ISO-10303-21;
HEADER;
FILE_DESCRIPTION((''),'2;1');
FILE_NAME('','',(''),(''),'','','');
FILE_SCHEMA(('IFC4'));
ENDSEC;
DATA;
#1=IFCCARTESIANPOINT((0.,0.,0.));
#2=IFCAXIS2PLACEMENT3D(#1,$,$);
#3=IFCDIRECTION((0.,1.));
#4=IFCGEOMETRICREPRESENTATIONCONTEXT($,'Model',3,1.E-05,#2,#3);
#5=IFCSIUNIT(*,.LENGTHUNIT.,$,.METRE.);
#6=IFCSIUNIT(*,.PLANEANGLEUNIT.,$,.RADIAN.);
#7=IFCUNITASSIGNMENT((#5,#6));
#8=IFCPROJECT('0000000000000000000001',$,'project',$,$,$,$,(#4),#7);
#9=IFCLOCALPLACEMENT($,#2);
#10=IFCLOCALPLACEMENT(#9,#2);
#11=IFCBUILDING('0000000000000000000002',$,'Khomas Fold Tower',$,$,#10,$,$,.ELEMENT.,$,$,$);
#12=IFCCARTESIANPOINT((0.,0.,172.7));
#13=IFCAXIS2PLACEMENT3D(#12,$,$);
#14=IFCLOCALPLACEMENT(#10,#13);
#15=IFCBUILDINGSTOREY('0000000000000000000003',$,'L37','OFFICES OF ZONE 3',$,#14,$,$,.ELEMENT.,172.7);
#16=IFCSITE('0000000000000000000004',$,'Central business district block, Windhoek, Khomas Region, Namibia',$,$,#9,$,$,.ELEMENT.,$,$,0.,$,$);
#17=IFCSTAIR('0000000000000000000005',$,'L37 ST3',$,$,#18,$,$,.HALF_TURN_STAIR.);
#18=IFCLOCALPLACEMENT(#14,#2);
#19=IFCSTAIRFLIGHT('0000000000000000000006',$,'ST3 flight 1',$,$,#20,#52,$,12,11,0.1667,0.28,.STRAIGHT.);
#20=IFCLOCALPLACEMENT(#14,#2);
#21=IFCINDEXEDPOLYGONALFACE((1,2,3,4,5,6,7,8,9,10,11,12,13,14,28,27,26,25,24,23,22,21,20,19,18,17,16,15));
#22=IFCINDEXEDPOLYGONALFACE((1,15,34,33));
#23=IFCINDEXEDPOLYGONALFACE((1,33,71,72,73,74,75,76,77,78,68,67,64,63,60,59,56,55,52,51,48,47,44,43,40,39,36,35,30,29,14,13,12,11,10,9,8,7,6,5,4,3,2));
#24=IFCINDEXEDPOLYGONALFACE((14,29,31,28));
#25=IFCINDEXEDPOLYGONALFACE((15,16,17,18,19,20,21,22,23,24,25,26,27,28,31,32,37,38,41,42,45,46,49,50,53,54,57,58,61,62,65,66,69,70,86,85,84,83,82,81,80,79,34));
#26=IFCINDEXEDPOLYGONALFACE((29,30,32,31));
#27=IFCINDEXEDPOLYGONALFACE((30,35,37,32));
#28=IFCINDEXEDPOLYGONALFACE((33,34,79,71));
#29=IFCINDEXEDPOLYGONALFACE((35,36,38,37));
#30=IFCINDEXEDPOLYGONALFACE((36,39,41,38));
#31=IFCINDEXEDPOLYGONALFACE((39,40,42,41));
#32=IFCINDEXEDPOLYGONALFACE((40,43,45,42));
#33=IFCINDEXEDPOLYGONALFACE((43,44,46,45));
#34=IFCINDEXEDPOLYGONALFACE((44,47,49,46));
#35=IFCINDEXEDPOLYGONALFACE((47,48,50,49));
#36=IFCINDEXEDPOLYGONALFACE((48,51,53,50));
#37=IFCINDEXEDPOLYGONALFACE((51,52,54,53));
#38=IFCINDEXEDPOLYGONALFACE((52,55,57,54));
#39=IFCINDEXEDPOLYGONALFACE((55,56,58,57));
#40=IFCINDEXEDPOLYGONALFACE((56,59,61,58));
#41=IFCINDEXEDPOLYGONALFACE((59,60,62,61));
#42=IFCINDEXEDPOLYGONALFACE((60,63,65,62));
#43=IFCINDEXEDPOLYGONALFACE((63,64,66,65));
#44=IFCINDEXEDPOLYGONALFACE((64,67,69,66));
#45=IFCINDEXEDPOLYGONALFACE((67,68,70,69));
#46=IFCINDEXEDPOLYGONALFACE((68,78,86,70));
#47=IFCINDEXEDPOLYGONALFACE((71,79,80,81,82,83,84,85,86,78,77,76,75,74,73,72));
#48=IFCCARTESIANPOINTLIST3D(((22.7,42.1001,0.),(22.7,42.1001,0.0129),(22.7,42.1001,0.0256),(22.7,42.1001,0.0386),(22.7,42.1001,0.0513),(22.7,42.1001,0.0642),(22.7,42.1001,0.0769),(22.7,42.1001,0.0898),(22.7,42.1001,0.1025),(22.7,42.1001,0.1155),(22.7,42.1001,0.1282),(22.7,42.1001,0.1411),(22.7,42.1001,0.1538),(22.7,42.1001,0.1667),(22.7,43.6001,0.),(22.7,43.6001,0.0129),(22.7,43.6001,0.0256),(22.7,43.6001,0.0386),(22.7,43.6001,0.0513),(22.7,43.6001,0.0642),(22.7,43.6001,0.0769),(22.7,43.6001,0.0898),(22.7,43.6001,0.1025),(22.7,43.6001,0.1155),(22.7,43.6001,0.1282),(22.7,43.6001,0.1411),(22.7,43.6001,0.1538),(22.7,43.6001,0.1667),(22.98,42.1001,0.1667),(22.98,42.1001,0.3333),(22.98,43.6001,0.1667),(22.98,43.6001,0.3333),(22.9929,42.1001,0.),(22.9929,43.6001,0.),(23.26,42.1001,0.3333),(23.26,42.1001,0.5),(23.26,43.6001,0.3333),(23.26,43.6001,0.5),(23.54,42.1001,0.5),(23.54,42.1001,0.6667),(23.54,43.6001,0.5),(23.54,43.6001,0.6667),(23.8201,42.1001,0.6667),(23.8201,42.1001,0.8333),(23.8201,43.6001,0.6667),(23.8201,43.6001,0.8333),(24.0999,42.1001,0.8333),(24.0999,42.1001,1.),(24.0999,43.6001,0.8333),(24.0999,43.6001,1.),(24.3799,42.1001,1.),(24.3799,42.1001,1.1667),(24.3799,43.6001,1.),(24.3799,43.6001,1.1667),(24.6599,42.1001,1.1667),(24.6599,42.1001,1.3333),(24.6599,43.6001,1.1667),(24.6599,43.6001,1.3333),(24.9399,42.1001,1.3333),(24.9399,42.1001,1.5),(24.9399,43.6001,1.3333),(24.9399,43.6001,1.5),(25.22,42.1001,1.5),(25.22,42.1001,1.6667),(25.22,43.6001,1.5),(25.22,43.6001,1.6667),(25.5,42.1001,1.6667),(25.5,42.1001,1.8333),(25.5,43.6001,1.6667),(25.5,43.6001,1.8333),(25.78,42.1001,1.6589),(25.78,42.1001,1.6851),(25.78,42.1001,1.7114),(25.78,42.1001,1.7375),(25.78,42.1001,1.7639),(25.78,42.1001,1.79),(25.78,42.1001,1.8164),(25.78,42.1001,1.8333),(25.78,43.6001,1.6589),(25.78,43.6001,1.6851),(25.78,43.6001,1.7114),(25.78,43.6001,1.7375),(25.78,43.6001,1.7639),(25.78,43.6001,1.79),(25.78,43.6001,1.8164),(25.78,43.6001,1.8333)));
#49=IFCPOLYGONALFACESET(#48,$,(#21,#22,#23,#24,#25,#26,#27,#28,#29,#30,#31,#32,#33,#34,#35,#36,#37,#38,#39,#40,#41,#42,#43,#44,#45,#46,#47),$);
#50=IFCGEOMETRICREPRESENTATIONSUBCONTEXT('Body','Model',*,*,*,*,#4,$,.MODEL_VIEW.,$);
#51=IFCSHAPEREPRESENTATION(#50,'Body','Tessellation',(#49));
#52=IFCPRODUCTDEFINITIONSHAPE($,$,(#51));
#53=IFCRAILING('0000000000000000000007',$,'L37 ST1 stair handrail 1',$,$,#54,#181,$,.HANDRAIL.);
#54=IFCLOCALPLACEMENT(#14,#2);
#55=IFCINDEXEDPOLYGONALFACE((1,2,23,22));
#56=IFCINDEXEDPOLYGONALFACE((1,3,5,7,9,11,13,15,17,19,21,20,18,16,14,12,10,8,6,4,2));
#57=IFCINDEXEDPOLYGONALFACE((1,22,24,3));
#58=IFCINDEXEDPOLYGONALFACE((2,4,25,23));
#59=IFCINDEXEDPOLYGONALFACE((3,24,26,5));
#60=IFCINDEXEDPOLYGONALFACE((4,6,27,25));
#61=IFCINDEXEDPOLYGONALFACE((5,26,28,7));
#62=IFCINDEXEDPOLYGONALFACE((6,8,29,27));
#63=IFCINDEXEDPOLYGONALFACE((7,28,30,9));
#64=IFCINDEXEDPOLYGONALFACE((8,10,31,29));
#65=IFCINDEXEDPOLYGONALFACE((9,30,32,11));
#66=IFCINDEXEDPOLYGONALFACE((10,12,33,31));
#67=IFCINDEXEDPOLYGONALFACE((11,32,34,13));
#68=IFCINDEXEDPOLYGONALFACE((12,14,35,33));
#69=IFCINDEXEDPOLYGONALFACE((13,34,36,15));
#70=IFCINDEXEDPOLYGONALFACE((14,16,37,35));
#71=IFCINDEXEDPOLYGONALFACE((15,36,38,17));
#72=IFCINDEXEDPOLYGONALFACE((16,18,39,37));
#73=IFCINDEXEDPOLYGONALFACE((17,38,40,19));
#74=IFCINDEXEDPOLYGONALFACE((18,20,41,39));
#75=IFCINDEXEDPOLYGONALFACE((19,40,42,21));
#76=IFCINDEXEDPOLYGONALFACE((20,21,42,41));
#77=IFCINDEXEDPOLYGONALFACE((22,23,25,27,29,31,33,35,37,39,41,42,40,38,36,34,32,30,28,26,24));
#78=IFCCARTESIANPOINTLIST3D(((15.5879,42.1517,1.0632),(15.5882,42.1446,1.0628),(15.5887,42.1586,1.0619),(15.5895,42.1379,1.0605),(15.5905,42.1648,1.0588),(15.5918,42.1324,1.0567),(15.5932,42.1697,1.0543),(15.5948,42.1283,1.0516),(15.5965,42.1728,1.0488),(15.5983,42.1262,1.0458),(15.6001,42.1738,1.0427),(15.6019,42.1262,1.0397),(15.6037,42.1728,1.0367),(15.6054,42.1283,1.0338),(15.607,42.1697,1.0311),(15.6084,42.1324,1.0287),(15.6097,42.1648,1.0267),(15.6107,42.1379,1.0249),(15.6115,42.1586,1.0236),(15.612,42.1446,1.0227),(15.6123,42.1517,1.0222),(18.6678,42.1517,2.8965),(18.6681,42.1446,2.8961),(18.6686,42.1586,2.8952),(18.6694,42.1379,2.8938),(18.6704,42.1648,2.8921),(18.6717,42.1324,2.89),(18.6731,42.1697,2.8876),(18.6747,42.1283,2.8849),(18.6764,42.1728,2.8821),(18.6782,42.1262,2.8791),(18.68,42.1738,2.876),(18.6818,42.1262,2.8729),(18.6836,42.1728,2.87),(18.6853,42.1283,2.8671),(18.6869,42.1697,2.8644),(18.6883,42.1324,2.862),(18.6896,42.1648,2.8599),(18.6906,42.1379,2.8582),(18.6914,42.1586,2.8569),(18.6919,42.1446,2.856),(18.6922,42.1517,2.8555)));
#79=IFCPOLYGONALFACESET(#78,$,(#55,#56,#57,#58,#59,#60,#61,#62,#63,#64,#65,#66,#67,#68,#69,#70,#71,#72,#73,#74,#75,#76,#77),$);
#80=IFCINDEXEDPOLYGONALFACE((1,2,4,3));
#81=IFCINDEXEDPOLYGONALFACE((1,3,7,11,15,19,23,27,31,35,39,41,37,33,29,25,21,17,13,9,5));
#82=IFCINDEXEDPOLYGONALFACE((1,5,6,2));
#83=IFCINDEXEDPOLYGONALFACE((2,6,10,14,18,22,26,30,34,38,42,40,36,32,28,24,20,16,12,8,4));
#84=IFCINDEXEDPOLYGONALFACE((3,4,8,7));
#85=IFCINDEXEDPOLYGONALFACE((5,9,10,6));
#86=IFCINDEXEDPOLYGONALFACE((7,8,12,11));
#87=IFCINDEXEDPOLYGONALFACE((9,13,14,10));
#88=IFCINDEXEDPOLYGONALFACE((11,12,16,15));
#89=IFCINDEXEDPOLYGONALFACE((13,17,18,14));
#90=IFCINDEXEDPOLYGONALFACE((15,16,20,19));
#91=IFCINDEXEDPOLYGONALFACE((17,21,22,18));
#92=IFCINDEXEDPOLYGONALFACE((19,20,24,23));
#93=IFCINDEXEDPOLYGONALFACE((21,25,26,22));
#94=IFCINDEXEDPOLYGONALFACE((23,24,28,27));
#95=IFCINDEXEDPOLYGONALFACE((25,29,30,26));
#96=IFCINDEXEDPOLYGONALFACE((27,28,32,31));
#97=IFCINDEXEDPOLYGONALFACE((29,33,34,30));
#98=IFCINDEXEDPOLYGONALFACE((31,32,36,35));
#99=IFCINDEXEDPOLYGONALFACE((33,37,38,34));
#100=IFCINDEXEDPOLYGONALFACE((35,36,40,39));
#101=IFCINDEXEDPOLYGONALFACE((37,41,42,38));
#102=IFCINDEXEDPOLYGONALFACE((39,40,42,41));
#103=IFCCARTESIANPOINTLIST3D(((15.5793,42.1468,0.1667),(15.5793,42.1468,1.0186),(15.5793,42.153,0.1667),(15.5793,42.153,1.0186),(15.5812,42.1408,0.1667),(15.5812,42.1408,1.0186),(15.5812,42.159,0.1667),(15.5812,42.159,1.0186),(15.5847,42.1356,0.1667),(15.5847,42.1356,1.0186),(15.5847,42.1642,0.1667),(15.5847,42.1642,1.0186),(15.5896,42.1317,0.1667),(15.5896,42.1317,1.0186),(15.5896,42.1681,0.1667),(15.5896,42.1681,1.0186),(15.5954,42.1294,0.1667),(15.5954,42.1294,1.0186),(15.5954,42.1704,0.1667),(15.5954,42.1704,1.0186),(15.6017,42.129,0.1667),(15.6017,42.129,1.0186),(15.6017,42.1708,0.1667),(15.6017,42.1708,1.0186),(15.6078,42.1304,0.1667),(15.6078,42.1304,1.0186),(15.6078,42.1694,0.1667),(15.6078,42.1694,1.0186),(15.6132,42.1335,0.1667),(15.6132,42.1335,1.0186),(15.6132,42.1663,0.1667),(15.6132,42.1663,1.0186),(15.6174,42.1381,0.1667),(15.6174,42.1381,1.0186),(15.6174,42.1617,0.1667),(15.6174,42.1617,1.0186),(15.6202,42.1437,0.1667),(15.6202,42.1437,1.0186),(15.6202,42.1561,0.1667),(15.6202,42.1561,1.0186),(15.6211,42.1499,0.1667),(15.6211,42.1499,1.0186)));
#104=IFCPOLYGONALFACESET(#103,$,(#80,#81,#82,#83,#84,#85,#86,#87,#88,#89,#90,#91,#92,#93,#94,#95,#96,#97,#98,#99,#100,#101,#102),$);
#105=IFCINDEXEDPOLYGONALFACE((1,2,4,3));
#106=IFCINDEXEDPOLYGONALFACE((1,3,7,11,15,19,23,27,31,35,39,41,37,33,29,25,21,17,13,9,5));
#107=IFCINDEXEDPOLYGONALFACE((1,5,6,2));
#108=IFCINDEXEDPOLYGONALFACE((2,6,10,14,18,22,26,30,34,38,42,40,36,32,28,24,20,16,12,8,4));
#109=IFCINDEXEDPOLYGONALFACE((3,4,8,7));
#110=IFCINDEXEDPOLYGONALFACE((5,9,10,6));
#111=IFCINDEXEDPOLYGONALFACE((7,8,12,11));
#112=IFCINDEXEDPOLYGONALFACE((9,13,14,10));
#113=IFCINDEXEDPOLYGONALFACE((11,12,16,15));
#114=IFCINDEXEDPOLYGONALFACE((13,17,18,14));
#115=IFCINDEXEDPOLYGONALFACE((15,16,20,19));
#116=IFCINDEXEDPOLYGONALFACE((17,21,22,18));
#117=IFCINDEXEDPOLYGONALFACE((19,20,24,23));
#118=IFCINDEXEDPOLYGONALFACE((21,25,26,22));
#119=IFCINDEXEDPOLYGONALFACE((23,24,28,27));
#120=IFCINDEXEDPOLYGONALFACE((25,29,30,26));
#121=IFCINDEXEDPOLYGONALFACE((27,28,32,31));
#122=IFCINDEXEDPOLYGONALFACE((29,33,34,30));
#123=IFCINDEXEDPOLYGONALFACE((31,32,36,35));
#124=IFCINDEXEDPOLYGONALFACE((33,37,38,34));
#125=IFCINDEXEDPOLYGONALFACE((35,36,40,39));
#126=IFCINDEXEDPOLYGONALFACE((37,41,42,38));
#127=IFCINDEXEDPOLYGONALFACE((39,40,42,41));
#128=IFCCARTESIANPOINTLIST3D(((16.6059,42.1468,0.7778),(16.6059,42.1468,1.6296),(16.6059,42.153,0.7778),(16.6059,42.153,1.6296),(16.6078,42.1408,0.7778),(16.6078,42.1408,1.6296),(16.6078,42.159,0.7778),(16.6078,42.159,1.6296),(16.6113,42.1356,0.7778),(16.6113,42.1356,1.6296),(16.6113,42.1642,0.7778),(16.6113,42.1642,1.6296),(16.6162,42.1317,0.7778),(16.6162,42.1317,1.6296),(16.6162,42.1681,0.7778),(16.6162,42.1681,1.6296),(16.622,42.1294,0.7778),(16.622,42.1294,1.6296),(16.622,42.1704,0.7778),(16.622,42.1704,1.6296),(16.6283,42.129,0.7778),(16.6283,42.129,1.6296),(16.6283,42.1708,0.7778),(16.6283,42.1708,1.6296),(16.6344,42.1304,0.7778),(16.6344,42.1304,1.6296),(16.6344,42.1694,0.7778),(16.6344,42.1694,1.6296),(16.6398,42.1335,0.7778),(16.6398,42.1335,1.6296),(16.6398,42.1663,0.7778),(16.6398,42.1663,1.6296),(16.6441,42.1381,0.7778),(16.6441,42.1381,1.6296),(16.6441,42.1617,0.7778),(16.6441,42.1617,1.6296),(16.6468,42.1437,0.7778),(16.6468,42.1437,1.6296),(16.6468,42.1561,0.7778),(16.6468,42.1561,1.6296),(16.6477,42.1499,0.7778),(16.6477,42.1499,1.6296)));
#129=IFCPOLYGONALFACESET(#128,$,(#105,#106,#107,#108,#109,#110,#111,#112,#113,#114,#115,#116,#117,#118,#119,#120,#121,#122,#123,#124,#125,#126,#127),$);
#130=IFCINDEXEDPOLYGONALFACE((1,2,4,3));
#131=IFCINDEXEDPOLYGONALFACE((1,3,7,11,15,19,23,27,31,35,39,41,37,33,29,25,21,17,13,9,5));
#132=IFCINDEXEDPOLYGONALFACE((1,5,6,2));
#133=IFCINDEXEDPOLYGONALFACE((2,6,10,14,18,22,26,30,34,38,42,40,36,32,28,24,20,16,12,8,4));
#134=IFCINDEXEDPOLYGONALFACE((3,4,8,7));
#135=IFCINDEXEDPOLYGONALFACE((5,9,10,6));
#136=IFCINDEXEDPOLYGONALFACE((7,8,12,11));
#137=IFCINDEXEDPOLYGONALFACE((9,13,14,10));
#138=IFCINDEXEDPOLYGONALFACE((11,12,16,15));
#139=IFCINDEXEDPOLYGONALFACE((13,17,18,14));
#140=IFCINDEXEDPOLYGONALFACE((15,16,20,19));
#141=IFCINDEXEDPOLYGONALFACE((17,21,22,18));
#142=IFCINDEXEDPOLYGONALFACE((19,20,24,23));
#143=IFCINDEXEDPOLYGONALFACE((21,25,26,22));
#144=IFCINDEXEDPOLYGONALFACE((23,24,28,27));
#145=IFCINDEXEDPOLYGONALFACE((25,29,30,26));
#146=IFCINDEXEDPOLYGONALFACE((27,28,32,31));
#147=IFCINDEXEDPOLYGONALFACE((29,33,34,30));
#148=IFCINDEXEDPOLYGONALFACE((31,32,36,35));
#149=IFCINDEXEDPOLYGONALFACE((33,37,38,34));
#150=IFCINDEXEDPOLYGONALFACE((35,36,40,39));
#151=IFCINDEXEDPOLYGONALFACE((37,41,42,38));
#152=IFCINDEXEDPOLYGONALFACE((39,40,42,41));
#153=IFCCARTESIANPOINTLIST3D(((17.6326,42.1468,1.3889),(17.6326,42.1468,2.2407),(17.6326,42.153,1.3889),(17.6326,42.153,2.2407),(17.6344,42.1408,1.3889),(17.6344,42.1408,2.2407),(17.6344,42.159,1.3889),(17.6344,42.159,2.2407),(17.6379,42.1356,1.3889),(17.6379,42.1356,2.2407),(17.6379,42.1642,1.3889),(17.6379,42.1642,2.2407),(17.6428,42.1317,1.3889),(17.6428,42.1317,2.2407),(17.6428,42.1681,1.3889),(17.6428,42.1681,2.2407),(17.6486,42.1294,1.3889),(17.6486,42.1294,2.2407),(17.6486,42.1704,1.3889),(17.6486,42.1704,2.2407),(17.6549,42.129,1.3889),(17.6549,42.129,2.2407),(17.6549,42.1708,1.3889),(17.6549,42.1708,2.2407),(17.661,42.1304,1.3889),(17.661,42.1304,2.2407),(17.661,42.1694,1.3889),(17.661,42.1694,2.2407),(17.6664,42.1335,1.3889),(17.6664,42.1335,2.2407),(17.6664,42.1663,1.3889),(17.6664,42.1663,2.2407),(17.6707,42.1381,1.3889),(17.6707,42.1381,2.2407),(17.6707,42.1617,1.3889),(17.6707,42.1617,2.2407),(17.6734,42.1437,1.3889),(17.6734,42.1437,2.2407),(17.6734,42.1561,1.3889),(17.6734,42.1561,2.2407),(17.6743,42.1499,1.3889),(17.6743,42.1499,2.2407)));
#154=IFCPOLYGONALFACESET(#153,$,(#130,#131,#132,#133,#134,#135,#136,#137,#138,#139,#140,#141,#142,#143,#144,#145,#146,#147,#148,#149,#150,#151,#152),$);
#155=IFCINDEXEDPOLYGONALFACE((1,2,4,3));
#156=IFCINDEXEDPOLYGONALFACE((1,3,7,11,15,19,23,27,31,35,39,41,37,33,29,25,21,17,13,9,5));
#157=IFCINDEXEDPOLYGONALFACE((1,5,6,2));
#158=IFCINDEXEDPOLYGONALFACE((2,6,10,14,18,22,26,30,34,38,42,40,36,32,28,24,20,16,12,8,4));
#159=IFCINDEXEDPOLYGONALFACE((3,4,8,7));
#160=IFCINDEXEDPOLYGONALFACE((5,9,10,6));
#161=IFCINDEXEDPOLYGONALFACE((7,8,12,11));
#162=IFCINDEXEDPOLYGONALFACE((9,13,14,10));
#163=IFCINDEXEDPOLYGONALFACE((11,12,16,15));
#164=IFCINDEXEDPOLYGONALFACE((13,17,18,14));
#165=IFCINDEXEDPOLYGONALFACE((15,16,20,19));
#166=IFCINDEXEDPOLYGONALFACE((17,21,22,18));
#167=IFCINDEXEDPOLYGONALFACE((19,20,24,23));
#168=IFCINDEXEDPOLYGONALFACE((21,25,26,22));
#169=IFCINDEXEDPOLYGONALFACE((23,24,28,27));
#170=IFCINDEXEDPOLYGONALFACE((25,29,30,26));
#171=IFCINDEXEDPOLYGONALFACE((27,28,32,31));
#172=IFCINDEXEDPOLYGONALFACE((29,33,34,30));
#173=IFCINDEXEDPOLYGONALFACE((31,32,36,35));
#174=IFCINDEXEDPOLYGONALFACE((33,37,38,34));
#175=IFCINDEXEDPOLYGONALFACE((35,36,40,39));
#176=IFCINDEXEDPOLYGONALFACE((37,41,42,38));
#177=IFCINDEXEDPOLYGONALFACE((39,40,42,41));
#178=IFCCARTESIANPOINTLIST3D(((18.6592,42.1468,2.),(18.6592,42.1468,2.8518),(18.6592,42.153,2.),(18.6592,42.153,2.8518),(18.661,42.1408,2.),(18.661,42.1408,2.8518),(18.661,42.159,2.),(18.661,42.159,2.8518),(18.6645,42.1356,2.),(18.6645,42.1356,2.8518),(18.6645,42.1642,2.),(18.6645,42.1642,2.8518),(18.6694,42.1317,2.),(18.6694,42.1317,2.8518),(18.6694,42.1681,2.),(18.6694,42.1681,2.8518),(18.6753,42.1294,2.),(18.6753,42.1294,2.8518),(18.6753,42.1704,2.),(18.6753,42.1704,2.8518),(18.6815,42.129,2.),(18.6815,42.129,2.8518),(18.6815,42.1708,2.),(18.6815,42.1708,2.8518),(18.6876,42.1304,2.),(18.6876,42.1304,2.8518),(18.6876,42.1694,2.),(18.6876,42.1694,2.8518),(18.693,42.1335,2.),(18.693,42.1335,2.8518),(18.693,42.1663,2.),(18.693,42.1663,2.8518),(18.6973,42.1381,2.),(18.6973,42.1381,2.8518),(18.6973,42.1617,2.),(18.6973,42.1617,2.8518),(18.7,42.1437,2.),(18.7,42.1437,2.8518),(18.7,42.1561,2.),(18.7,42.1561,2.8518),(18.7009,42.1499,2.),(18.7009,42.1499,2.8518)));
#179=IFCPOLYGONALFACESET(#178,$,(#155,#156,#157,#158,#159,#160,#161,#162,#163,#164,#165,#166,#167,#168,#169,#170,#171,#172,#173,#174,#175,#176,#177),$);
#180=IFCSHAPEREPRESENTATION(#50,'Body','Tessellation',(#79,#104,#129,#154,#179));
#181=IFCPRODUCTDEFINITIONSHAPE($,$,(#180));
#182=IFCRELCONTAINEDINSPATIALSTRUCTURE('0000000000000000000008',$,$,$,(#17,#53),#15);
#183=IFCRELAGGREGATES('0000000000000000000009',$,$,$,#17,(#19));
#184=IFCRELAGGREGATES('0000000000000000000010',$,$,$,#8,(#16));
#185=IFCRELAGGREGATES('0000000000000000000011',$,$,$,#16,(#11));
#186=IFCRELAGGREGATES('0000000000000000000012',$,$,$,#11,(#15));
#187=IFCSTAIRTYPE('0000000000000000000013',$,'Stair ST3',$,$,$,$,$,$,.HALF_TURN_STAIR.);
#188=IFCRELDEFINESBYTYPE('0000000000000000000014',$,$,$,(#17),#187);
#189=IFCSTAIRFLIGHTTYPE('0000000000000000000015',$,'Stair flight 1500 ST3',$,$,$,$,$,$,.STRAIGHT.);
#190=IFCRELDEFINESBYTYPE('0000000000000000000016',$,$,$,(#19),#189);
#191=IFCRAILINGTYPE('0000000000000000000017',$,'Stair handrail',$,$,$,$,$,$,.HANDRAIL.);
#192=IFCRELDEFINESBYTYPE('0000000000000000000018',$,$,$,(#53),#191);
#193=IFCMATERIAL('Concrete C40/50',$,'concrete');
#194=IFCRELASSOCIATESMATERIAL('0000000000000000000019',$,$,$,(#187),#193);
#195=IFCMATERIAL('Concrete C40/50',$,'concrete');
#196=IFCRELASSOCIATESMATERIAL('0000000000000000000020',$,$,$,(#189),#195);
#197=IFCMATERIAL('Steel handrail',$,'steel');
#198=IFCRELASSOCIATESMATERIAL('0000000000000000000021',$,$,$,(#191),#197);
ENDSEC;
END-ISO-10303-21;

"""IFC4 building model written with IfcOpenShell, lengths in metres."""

from ifc_helpers import new_model, si_unit, direction, frame, origin, origin_2d, place, context, subcontext, project, spatial, polyline, circle, outline, extrude, source, transform, mapped, material, type_object, element, aggregate, save


model = new_model("IFC4")

# Units and contexts
model_context = context("Model", 3, precision=1e-05, world=origin(), true_north=direction((0.0, 1.0)))
body_context = subcontext(model_context, "Body", "Model", "MODEL_VIEW")
ifc_project = project(units=[si_unit("LENGTHUNIT", "METRE"), si_unit("PLANEANGLEUNIT", "RADIAN")], contexts=[model_context])

# Site, building, storey
site_placement = place(None, origin())
site = spatial("IfcSite", under=ifc_project, at=site_placement, Name="Central business district block, Windhoek, Khomas Region, Namibia", CompositionType="ELEMENT", RefElevation=0.0)
building_placement = place(site_placement, origin())
building = spatial("IfcBuilding", under=site, at=building_placement, Name="Khomas Fold Tower", CompositionType="ELEMENT")
storey_placement = place(building_placement, frame((0.0, 0.0, 172.7)))
storey = spatial("IfcBuildingStorey", under=building, at=storey_placement, Name="L37", Description="OFFICES OF ZONE 3", CompositionType="ELEMENT", Elevation=172.7)

# Stair, stair flight
shared_shape_1 = source(origin(), body_context, "Body", "SweptSolid", [
    extrude(outline(polyline([(0.0, 0.0), (0.0, 0.0129), (0.0, 0.0256), (0.0, 0.0386), (0.0, 0.0513), (0.0, 0.0642), (0.0, 0.0769), (0.0, 0.0898), (0.0, 0.1025), (0.0, 0.1155), (0.0, 0.1282), (0.0, 0.1411), (0.0, 0.1538), (0.0, 0.1667), (0.28, 0.1667), (0.28, 0.3333), (0.5601, 0.3333), (0.5601, 0.5), (0.8401, 0.5), (0.8401, 0.6667), (1.1201, 0.6667), (1.1201, 0.8333), (1.3999, 0.8333), (1.3999, 1.0), (1.6799, 1.0), (1.6799, 1.1667), (1.96, 1.1667), (1.96, 1.3333), (2.24, 1.3333), (2.24, 1.5), (2.52, 1.5), (2.52, 1.6667), (2.8, 1.6667), (2.8, 1.8333), (3.0801, 1.8333), (3.0801, 2.0), (3.0801, 1.9739), (3.0801, 1.9475), (3.0801, 1.9214), (3.0801, 1.895), (3.0801, 1.8689), (3.0801, 1.8425), (3.0801, 1.8164), (3.0801, 1.79), (3.0801, 1.7639), (3.0801, 1.7375), (3.0801, 1.7114), (3.0801, 1.6851), (3.0801, 1.6589), (0.293, 0.0), (0.0, 0.0)])), frame((0.0, 0.75, 0.0), z_axis=(0.0, -1.0, 0.0), x_axis=(1.0, 0.0, 0.0)), (0.0, 0.0, 1.0), 1.5),
])
ifc_material_1 = material(Name="Concrete C40/50", Category="concrete")
stair_type_1 = type_object("IfcStairType", Name="Stair ST3", PredefinedType="HALF_TURN_STAIR", material=ifc_material_1)
stair_1_placement = place(storey_placement, origin())
stair_1 = element("IfcStair", 1, at=stair_1_placement, inside=storey, type_object=stair_type_1, Name="L37 ST3", PredefinedType="HALF_TURN_STAIR")
ifc_material_2 = material(Name="Concrete C40/50", Category="concrete")
stair_flight_type_1 = type_object("IfcStairFlightType", Name="Stair flight 1500 ST3", PredefinedType="STRAIGHT", material=ifc_material_2)
stair_flight_1_placement = place(storey_placement, frame((22.7, 42.8501, 0.0), z_axis=(0.0, 0.0, 1.0), x_axis=(1.0, 0.0, 0.0)))
stair_flight_1 = element("IfcStairFlight", 2, at=stair_flight_1_placement, type_object=stair_flight_type_1, Name="ST3 flight 1", NumberOfRisers=12, NumberOfTreads=11, PredefinedType="STRAIGHT", RiserHeight=0.1667, TreadLength=0.28, context=body_context, shape_type="MappedRepresentation", body=[
    mapped(shared_shape_1, transform((0.0, 0.0, 0.0))),
])
aggregate(stair_1, [stair_flight_1])

# Railing
ifc_material_3 = material(Name="Steel handrail", Category="steel")
railing_type = type_object("IfcRailingType", Name="Stair handrail", PredefinedType="HANDRAIL", material=ifc_material_3)
shared_shape_2 = source(origin(), body_context, "Body", "SweptSolid", [
    extrude(circle(Radius=0.0239, at=origin_2d()), frame((0.0, 0.0, 0.876), z_axis=(0.859291, 0.0, 0.511487), x_axis=(0.0, 1.0, 0.0)), (0.0, 0.0, 1.0), 3.5842),
    extrude(circle(Radius=0.021, at=origin_2d()), origin(), (0.0, 0.0, 1.0), 0.8518),
    extrude(circle(Radius=0.021, at=origin_2d()), frame((1.0266, 0.0, 0.6111)), (0.0, 0.0, 1.0), 0.8518),
    extrude(circle(Radius=0.021, at=origin_2d()), frame((2.0532, 0.0, 1.2222)), (0.0, 0.0, 1.0), 0.8518),
    extrude(circle(Radius=0.021, at=origin_2d()), frame((3.0798, 0.0, 1.8333)), (0.0, 0.0, 1.0), 0.8518),
])
railing_1_placement = place(storey_placement, frame((15.6001, 42.1499, 0.1667)))
element("IfcRailing", 3, at=railing_1_placement, inside=storey, type_object=railing_type, Name="L37 ST1 stair handrail 1", PredefinedType="HANDRAIL", context=body_context, shape_type="MappedRepresentation", body=[
    mapped(shared_shape_2, transform((0.0, 0.0, 0.0))),
])

save(model, "model.ifc")
